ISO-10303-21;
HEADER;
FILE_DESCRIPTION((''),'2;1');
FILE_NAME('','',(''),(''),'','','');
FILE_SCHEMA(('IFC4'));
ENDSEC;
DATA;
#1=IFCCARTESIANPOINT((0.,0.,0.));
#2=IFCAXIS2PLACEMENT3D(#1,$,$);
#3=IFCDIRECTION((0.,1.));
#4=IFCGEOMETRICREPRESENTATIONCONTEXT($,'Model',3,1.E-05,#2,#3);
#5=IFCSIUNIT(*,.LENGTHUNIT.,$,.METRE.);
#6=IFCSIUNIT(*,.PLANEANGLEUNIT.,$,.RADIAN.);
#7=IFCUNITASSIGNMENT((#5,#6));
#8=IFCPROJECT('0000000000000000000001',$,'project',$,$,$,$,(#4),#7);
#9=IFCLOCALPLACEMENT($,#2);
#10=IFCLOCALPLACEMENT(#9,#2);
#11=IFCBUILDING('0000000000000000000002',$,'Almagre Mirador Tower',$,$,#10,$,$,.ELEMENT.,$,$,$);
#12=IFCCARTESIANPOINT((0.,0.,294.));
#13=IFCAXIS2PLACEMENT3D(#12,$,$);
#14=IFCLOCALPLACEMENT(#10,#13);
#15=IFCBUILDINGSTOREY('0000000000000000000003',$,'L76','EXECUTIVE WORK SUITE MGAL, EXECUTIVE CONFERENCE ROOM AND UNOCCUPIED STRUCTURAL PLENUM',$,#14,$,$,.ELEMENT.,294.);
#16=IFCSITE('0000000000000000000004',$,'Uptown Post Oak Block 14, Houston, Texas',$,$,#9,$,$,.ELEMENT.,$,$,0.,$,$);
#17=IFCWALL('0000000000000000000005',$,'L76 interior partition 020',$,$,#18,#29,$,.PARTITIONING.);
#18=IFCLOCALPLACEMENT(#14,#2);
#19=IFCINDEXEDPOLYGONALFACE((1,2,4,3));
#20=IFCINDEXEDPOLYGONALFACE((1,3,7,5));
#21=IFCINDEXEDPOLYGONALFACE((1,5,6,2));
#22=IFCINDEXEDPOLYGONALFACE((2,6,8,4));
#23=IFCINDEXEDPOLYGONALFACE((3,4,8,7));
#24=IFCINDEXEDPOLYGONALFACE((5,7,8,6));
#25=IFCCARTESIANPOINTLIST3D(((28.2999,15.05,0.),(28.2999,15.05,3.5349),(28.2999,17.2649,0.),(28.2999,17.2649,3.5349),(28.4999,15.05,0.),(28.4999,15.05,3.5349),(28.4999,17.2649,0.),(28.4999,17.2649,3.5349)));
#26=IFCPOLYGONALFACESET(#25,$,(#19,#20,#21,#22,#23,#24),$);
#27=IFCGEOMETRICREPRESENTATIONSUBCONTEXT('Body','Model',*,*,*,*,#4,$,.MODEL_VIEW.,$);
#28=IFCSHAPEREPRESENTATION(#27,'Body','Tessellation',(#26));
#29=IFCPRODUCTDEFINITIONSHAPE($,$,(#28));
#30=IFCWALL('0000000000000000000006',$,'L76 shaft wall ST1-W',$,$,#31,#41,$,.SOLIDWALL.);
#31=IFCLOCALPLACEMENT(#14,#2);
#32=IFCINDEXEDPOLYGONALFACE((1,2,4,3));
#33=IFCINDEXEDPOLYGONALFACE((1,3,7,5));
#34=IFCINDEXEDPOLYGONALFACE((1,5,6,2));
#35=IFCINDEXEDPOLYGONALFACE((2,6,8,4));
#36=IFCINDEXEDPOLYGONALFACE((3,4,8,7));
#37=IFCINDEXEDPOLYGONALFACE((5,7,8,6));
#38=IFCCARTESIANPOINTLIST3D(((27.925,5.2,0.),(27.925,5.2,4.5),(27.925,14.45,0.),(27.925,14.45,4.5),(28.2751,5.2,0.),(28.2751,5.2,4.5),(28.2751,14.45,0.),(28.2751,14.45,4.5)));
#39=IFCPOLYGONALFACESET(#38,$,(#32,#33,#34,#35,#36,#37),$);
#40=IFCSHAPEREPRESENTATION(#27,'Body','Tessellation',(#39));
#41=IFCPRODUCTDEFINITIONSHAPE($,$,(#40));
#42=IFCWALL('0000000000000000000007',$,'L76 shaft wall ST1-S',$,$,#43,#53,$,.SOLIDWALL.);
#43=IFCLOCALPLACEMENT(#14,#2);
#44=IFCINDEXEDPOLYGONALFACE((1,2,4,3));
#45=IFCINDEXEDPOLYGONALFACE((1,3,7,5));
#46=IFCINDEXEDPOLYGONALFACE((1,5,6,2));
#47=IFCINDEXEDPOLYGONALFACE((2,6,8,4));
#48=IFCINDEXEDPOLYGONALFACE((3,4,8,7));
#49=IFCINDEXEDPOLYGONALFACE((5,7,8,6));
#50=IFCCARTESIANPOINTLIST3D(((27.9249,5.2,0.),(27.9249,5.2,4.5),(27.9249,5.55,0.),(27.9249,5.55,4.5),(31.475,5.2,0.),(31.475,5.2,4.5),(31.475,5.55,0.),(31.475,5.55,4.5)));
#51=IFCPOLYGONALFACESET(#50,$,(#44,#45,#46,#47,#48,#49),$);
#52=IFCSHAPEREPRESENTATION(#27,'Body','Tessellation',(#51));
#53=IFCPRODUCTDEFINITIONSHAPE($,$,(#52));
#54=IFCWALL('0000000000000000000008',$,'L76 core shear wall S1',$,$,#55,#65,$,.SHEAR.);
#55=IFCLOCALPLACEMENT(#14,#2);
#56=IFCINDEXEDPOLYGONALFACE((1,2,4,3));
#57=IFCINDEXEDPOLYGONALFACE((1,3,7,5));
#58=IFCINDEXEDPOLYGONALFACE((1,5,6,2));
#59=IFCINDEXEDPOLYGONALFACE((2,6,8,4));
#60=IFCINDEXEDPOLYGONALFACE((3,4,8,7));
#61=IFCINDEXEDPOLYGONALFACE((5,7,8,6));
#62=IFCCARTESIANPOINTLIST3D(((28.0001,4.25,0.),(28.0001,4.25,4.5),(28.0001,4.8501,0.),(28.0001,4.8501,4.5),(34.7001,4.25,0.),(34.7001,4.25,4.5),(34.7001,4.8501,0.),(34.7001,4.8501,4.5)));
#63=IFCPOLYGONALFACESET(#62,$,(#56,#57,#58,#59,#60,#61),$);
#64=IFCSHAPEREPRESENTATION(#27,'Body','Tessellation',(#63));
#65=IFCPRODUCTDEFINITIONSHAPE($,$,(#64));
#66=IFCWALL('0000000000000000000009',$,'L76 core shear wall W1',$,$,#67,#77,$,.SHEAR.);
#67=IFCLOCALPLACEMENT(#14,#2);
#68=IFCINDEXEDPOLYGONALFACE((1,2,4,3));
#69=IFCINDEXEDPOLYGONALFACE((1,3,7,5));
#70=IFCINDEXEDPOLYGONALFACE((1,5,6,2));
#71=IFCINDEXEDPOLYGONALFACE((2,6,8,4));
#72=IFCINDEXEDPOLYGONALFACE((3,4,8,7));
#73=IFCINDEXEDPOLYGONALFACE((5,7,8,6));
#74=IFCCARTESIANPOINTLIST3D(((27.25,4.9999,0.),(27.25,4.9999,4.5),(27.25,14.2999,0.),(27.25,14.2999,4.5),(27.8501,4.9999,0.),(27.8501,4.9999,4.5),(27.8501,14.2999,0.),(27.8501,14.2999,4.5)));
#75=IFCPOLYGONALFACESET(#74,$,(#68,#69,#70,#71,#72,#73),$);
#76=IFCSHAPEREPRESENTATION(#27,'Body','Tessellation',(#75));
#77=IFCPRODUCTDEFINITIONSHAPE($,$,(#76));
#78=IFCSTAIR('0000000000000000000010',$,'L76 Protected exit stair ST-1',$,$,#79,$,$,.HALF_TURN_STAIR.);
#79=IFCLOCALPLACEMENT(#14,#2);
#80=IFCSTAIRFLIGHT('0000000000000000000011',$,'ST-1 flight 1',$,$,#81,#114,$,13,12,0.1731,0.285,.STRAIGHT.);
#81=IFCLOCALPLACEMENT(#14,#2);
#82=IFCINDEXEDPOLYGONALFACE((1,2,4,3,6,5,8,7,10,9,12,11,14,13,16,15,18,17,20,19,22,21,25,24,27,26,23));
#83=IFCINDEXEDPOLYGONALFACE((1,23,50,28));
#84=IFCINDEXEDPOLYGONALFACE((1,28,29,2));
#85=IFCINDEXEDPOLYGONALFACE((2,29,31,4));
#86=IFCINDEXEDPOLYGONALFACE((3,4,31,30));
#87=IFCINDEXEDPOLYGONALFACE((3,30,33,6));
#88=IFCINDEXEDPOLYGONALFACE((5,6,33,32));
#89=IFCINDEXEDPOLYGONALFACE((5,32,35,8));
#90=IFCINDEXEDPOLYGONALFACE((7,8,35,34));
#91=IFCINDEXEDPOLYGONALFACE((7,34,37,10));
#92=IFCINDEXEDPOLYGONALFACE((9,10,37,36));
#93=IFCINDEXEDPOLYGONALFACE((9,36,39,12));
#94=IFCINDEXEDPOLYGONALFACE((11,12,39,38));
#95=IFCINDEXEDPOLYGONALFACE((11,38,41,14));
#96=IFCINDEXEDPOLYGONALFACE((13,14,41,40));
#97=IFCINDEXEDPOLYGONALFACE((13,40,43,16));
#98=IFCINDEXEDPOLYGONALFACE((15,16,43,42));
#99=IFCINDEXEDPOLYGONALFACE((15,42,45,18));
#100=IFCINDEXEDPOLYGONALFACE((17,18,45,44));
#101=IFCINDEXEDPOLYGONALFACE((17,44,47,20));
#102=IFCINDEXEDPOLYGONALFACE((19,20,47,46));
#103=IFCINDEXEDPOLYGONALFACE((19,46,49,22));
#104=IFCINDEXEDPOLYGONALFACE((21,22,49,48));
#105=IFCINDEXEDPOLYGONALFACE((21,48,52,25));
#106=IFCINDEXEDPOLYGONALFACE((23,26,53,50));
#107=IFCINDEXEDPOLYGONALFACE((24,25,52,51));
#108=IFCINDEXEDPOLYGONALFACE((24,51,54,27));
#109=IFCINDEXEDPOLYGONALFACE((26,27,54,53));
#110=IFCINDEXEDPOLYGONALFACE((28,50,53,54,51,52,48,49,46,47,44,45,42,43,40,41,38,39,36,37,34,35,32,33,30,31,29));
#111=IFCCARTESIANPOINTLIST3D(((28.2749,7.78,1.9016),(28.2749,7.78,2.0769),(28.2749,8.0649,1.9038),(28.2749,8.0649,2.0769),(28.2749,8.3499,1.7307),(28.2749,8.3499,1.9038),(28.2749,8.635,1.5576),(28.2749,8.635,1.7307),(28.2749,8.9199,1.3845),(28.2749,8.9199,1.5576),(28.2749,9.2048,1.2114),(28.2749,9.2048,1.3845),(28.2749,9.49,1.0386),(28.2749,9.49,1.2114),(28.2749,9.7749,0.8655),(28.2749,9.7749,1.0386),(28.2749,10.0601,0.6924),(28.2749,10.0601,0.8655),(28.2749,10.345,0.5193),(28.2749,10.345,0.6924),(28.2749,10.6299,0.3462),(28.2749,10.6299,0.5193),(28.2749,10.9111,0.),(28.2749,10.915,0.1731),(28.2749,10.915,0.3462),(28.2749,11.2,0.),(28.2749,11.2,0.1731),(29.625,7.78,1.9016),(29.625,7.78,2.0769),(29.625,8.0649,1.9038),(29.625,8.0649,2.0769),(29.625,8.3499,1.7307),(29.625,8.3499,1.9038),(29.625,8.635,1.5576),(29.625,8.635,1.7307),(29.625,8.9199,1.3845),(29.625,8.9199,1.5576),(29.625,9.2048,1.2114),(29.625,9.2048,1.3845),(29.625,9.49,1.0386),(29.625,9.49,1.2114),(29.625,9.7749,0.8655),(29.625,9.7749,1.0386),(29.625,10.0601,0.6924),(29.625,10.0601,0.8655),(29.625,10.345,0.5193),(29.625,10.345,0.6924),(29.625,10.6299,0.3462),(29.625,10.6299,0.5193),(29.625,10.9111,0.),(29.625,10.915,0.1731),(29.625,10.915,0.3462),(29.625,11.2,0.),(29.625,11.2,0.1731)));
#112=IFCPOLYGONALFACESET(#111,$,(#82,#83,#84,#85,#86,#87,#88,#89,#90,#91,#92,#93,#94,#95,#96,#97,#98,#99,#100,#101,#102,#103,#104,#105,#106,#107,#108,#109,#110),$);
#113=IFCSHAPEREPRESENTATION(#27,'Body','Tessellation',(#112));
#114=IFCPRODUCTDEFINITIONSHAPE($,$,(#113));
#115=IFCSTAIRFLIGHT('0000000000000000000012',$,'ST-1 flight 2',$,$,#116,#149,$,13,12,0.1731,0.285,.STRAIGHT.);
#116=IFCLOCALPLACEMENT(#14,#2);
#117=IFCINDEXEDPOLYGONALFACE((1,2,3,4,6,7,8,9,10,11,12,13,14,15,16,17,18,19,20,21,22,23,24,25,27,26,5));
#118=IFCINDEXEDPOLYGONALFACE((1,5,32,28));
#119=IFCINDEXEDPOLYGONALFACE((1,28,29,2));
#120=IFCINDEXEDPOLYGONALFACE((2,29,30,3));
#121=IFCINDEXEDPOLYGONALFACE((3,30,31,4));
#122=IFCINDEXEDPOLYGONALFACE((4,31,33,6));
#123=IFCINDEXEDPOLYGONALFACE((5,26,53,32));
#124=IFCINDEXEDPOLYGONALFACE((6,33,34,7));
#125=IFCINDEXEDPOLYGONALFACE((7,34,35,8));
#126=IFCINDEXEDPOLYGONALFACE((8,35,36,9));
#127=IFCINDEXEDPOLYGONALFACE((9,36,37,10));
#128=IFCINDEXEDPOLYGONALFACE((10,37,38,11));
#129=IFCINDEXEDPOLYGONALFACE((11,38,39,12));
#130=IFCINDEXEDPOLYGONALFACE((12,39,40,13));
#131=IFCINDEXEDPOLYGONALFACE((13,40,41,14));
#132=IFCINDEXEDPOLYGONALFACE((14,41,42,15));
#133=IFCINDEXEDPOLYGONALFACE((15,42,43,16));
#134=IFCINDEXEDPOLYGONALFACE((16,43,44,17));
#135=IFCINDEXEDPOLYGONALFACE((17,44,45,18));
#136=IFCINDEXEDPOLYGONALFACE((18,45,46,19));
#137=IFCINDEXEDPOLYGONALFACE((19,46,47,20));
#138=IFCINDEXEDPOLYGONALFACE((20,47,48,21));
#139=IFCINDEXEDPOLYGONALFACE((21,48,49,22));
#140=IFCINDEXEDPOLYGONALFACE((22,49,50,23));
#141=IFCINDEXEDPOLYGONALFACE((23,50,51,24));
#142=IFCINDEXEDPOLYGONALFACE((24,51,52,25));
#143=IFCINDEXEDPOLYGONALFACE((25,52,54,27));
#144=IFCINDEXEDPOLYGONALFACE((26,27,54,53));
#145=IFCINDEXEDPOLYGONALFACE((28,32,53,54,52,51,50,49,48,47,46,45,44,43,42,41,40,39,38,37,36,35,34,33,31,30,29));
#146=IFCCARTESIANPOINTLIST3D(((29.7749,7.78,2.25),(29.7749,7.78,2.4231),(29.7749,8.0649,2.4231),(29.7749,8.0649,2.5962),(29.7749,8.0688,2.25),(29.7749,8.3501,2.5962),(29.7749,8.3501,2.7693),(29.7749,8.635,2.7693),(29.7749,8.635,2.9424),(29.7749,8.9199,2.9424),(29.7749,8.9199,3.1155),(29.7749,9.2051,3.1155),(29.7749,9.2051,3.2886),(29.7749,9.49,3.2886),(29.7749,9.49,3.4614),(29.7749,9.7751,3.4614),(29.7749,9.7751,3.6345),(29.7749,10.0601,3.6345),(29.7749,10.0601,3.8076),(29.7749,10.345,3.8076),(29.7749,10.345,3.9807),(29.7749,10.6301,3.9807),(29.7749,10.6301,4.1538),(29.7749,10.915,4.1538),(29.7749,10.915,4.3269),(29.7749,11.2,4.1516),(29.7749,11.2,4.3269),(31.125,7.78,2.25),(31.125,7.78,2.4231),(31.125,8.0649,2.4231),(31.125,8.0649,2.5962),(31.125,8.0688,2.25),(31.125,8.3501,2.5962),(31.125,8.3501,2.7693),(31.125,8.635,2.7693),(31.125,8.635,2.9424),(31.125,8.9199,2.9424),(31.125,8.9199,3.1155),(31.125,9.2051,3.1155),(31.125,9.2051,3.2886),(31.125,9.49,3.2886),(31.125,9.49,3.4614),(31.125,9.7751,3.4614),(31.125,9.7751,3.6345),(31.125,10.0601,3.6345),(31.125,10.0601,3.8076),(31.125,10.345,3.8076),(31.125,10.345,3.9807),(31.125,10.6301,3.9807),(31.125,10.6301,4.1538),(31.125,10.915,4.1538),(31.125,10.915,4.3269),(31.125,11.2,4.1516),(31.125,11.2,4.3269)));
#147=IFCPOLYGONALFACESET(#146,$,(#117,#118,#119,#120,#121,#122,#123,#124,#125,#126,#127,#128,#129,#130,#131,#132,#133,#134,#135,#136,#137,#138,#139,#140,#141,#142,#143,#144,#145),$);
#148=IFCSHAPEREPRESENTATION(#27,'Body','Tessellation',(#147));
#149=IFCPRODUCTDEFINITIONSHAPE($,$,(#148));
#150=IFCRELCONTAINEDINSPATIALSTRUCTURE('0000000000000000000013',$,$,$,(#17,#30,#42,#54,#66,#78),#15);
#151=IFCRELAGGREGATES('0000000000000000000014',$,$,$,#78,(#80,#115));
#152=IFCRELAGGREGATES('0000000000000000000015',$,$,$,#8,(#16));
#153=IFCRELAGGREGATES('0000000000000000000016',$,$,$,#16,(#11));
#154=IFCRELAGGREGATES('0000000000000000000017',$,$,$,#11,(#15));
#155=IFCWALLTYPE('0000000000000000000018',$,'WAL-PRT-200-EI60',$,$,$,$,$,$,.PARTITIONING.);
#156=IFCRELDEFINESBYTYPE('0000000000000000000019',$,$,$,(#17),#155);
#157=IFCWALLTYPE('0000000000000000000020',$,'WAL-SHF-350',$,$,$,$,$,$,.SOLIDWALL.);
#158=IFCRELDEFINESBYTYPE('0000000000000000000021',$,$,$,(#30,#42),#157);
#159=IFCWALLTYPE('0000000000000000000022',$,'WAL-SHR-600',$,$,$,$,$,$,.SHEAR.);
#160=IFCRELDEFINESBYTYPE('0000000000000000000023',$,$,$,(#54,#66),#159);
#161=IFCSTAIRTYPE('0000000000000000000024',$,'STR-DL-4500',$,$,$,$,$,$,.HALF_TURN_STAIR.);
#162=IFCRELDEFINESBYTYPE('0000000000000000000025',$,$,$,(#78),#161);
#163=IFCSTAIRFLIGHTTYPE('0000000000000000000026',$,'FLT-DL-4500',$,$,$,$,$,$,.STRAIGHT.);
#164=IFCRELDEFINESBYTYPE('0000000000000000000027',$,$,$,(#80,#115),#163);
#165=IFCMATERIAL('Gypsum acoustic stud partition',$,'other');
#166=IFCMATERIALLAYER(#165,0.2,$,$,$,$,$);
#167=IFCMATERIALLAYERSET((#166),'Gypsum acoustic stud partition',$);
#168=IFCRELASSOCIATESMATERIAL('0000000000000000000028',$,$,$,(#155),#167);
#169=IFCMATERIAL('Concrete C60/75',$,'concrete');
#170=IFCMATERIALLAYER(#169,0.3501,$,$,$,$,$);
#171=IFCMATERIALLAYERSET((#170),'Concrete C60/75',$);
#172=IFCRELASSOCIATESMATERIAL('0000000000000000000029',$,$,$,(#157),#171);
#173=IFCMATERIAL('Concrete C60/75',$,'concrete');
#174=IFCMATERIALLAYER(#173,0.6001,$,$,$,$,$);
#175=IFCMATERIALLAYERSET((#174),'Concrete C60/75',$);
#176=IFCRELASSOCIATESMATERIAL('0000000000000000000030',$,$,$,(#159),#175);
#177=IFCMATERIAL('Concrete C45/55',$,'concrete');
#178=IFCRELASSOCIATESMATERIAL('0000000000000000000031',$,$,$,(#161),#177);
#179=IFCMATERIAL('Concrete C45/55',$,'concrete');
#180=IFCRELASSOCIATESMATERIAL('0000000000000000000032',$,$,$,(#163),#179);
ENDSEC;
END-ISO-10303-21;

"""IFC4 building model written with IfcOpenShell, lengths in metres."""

from ifc_helpers import new_model, si_unit, direction, frame, frame_2d, origin, place, context, subcontext, project, spatial, polyline, rectangle, outline, extrude, material, layer, layer_set, type_object, element, aggregate, save


model = new_model("IFC4")

# Units and contexts
model_context = context("Model", 3, precision=1e-05, world=origin(), true_north=direction((0.0, 1.0)))
body_context = subcontext(model_context, "Body", "Model", "MODEL_VIEW")
ifc_project = project(units=[si_unit("LENGTHUNIT", "METRE"), si_unit("PLANEANGLEUNIT", "RADIAN")], contexts=[model_context])

# Site, building, storey
site_placement = place(None, origin())
site = spatial("IfcSite", under=ifc_project, at=site_placement, Name="Uptown Post Oak Block 14, Houston, Texas", CompositionType="ELEMENT", RefElevation=0.0)
building_placement = place(site_placement, origin())
building = spatial("IfcBuilding", under=site, at=building_placement, Name="Almagre Mirador Tower", CompositionType="ELEMENT")
storey_placement = place(building_placement, frame((0.0, 0.0, 294.0)))
storey = spatial("IfcBuildingStorey", under=building, at=storey_placement, Name="L76", Description="EXECUTIVE WORK SUITE MGAL, EXECUTIVE CONFERENCE ROOM AND UNOCCUPIED STRUCTURAL PLENUM", CompositionType="ELEMENT", Elevation=294.0)

# Walls
ifc_material_1 = material(Name="Gypsum acoustic stud partition", Category="other")
ifc_layer_1 = layer(ifc_material_1, 0.2)
ifc_layer_set_1 = layer_set([ifc_layer_1], Name="Gypsum acoustic stud partition")
wall_type_1 = type_object("IfcWallType", Name="WAL-PRT-200-EI60", PredefinedType="PARTITIONING", material=ifc_layer_set_1)
wall_1_placement = place(storey_placement, frame((28.3999, 17.2649, 0.0), z_axis=(0.0, 0.0, 1.0), x_axis=(0.0, -1.0, 0.0)))
element("IfcWall", 1, at=wall_1_placement, inside=storey, type_object=wall_type_1, Name="L76 interior partition 020", PredefinedType="PARTITIONING", context=body_context, shape_type="SweptSolid", body=[
    extrude(rectangle(XDim=2.2148, YDim=0.2, at=frame_2d((1.1074, 0.0))), origin(), (0.0, 0.0, 1.0), 3.5349),
])
ifc_material_2 = material(Name="Concrete C60/75", Category="concrete")
ifc_layer_2 = layer(ifc_material_2, 0.3501)
ifc_layer_set_2 = layer_set([ifc_layer_2], Name="Concrete C60/75")
wall_type_2 = type_object("IfcWallType", Name="WAL-SHF-350", PredefinedType="SOLIDWALL", material=ifc_layer_set_2)
wall_2_placement = place(storey_placement, frame((28.1001, 5.2, 0.0), z_axis=(0.0, 0.0, 1.0), x_axis=(0.0, 1.0, 0.0)))
element("IfcWall", 2, at=wall_2_placement, inside=storey, type_object=wall_type_2, Name="L76 shaft wall ST1-W", PredefinedType="SOLIDWALL", context=body_context, shape_type="SweptSolid", body=[
    extrude(rectangle(XDim=9.25, YDim=0.3501, at=frame_2d((4.625, 0.0))), origin(), (0.0, 0.0, 1.0), 4.5),
])
wall_3_placement = place(storey_placement, frame((27.925, 5.375, 0.0), z_axis=(0.0, 0.0, 1.0), x_axis=(1.0, 0.0, 0.0)))
element("IfcWall", 3, at=wall_3_placement, inside=storey, type_object=wall_type_2, Name="L76 shaft wall ST1-S", PredefinedType="SOLIDWALL", context=body_context, shape_type="SweptSolid", body=[
    extrude(rectangle(XDim=3.55, YDim=0.3501, at=frame_2d((1.7749, 0.0))), origin(), (0.0, 0.0, 1.0), 4.5),
])
ifc_material_3 = material(Name="Concrete C60/75", Category="concrete")
ifc_layer_3 = layer(ifc_material_3, 0.6001)
ifc_layer_set_3 = layer_set([ifc_layer_3], Name="Concrete C60/75")
wall_type_3 = type_object("IfcWallType", Name="WAL-SHR-600", PredefinedType="SHEAR", material=ifc_layer_set_3)
wall_4_placement = place(storey_placement, frame((28.0, 4.55, 0.0), z_axis=(0.0, 0.0, 1.0), x_axis=(1.0, 0.0, 0.0)))
element("IfcWall", 4, at=wall_4_placement, inside=storey, type_object=wall_type_3, Name="L76 core shear wall S1", PredefinedType="SHEAR", context=body_context, shape_type="SweptSolid", body=[
    extrude(rectangle(XDim=6.7, YDim=0.6001, at=frame_2d((3.3501, 0.0))), origin(), (0.0, 0.0, 1.0), 4.5),
])

# Wall
wall_5_placement = place(storey_placement, frame((27.55, 5.0, 0.0), z_axis=(0.0, 0.0, 1.0), x_axis=(0.0, 1.0, 0.0)))
element("IfcWall", 5, at=wall_5_placement, inside=storey, type_object=wall_type_3, Name="L76 core shear wall W1", PredefinedType="SHEAR", context=body_context, shape_type="SweptSolid", body=[
    extrude(rectangle(XDim=9.3, YDim=0.6001, at=frame_2d((4.6499, 0.0))), origin(), (0.0, 0.0, 1.0), 4.5),
])

# Stair, stair flights
ifc_material_4 = material(Name="Concrete C45/55", Category="concrete")
stair_type = type_object("IfcStairType", Name="STR-DL-4500", PredefinedType="HALF_TURN_STAIR", material=ifc_material_4)
stair_placement = place(storey_placement, origin())
stair = element("IfcStair", 6, at=stair_placement, inside=storey, type_object=stair_type, Name="L76 Protected exit stair ST-1", PredefinedType="HALF_TURN_STAIR")
ifc_material_5 = material(Name="Concrete C45/55", Category="concrete")
stair_flight_type = type_object("IfcStairFlightType", Name="FLT-DL-4500", PredefinedType="STRAIGHT", material=ifc_material_5)
stair_flight_1_placement = place(storey_placement, frame((28.95, 11.2, 0.0), z_axis=(0.0, 0.0, 1.0), x_axis=(0.0, -1.0, 0.0)))
stair_flight_1 = element("IfcStairFlight", 7, at=stair_flight_1_placement, type_object=stair_flight_type, Name="ST-1 flight 1", NumberOfRisers=13, NumberOfTreads=12, PredefinedType="STRAIGHT", RiserHeight=0.1731, TreadLength=0.285, context=body_context, shape_type="SweptSolid", body=[
    extrude(outline(polyline([(0.0, 0.0), (0.0, 0.1731), (0.2849, 0.1731), (0.2849, 0.3462), (0.5701, 0.3462), (0.5701, 0.5193), (0.855, 0.5193), (0.855, 0.6924), (1.1399, 0.6924), (1.1399, 0.8655), (1.425, 0.8655), (1.425, 1.0386), (1.71, 1.0386), (1.71, 1.2114), (1.9951, 1.2114), (1.9951, 1.3845), (2.28, 1.3845), (2.28, 1.5576), (2.5649, 1.5576), (2.5649, 1.7307), (2.8501, 1.7307), (2.8501, 1.9038), (3.135, 1.9038), (3.135, 2.0769), (3.4199, 2.0769), (3.4199, 2.25), (3.4199, 1.9016), (0.2888, 0.0), (0.0, 0.0)])), frame((0.0, 0.675, 0.0), z_axis=(0.0, -1.0, 0.0), x_axis=(1.0, 0.0, 0.0)), (0.0, 0.0, 1.0), 1.3501),
])
stair_flight_2_placement = place(storey_placement, frame((30.45, 7.78, 2.25), z_axis=(0.0, 0.0, 1.0), x_axis=(0.0, 1.0, 0.0)))
stair_flight_2 = element("IfcStairFlight", 8, at=stair_flight_2_placement, type_object=stair_flight_type, Name="ST-1 flight 2", NumberOfRisers=13, NumberOfTreads=12, PredefinedType="STRAIGHT", RiserHeight=0.1731, TreadLength=0.285, context=body_context, shape_type="SweptSolid", body=[
    extrude(outline(polyline([(0.0, 0.0), (0.0, 0.1731), (0.2849, 0.1731), (0.2849, 0.3462), (0.5701, 0.3462), (0.5701, 0.5193), (0.855, 0.5193), (0.855, 0.6924), (1.1399, 0.6924), (1.1399, 0.8655), (1.425, 0.8655), (1.425, 1.0386), (1.71, 1.0386), (1.71, 1.2114), (1.9951, 1.2114), (1.9951, 1.3845), (2.28, 1.3845), (2.28, 1.5576), (2.5649, 1.5576), (2.5649, 1.7307), (2.8501, 1.7307), (2.8501, 1.9038), (3.135, 1.9038), (3.135, 2.0769), (3.4199, 2.0769), (3.4199, 2.25), (3.4199, 1.9016), (0.2888, 0.0), (0.0, 0.0)])), frame((0.0, 0.675, 0.0), z_axis=(0.0, -1.0, 0.0), x_axis=(1.0, 0.0, 0.0)), (0.0, 0.0, 1.0), 1.3501),
])
aggregate(stair, [stair_flight_1, stair_flight_2])

save(model, "model.ifc")
